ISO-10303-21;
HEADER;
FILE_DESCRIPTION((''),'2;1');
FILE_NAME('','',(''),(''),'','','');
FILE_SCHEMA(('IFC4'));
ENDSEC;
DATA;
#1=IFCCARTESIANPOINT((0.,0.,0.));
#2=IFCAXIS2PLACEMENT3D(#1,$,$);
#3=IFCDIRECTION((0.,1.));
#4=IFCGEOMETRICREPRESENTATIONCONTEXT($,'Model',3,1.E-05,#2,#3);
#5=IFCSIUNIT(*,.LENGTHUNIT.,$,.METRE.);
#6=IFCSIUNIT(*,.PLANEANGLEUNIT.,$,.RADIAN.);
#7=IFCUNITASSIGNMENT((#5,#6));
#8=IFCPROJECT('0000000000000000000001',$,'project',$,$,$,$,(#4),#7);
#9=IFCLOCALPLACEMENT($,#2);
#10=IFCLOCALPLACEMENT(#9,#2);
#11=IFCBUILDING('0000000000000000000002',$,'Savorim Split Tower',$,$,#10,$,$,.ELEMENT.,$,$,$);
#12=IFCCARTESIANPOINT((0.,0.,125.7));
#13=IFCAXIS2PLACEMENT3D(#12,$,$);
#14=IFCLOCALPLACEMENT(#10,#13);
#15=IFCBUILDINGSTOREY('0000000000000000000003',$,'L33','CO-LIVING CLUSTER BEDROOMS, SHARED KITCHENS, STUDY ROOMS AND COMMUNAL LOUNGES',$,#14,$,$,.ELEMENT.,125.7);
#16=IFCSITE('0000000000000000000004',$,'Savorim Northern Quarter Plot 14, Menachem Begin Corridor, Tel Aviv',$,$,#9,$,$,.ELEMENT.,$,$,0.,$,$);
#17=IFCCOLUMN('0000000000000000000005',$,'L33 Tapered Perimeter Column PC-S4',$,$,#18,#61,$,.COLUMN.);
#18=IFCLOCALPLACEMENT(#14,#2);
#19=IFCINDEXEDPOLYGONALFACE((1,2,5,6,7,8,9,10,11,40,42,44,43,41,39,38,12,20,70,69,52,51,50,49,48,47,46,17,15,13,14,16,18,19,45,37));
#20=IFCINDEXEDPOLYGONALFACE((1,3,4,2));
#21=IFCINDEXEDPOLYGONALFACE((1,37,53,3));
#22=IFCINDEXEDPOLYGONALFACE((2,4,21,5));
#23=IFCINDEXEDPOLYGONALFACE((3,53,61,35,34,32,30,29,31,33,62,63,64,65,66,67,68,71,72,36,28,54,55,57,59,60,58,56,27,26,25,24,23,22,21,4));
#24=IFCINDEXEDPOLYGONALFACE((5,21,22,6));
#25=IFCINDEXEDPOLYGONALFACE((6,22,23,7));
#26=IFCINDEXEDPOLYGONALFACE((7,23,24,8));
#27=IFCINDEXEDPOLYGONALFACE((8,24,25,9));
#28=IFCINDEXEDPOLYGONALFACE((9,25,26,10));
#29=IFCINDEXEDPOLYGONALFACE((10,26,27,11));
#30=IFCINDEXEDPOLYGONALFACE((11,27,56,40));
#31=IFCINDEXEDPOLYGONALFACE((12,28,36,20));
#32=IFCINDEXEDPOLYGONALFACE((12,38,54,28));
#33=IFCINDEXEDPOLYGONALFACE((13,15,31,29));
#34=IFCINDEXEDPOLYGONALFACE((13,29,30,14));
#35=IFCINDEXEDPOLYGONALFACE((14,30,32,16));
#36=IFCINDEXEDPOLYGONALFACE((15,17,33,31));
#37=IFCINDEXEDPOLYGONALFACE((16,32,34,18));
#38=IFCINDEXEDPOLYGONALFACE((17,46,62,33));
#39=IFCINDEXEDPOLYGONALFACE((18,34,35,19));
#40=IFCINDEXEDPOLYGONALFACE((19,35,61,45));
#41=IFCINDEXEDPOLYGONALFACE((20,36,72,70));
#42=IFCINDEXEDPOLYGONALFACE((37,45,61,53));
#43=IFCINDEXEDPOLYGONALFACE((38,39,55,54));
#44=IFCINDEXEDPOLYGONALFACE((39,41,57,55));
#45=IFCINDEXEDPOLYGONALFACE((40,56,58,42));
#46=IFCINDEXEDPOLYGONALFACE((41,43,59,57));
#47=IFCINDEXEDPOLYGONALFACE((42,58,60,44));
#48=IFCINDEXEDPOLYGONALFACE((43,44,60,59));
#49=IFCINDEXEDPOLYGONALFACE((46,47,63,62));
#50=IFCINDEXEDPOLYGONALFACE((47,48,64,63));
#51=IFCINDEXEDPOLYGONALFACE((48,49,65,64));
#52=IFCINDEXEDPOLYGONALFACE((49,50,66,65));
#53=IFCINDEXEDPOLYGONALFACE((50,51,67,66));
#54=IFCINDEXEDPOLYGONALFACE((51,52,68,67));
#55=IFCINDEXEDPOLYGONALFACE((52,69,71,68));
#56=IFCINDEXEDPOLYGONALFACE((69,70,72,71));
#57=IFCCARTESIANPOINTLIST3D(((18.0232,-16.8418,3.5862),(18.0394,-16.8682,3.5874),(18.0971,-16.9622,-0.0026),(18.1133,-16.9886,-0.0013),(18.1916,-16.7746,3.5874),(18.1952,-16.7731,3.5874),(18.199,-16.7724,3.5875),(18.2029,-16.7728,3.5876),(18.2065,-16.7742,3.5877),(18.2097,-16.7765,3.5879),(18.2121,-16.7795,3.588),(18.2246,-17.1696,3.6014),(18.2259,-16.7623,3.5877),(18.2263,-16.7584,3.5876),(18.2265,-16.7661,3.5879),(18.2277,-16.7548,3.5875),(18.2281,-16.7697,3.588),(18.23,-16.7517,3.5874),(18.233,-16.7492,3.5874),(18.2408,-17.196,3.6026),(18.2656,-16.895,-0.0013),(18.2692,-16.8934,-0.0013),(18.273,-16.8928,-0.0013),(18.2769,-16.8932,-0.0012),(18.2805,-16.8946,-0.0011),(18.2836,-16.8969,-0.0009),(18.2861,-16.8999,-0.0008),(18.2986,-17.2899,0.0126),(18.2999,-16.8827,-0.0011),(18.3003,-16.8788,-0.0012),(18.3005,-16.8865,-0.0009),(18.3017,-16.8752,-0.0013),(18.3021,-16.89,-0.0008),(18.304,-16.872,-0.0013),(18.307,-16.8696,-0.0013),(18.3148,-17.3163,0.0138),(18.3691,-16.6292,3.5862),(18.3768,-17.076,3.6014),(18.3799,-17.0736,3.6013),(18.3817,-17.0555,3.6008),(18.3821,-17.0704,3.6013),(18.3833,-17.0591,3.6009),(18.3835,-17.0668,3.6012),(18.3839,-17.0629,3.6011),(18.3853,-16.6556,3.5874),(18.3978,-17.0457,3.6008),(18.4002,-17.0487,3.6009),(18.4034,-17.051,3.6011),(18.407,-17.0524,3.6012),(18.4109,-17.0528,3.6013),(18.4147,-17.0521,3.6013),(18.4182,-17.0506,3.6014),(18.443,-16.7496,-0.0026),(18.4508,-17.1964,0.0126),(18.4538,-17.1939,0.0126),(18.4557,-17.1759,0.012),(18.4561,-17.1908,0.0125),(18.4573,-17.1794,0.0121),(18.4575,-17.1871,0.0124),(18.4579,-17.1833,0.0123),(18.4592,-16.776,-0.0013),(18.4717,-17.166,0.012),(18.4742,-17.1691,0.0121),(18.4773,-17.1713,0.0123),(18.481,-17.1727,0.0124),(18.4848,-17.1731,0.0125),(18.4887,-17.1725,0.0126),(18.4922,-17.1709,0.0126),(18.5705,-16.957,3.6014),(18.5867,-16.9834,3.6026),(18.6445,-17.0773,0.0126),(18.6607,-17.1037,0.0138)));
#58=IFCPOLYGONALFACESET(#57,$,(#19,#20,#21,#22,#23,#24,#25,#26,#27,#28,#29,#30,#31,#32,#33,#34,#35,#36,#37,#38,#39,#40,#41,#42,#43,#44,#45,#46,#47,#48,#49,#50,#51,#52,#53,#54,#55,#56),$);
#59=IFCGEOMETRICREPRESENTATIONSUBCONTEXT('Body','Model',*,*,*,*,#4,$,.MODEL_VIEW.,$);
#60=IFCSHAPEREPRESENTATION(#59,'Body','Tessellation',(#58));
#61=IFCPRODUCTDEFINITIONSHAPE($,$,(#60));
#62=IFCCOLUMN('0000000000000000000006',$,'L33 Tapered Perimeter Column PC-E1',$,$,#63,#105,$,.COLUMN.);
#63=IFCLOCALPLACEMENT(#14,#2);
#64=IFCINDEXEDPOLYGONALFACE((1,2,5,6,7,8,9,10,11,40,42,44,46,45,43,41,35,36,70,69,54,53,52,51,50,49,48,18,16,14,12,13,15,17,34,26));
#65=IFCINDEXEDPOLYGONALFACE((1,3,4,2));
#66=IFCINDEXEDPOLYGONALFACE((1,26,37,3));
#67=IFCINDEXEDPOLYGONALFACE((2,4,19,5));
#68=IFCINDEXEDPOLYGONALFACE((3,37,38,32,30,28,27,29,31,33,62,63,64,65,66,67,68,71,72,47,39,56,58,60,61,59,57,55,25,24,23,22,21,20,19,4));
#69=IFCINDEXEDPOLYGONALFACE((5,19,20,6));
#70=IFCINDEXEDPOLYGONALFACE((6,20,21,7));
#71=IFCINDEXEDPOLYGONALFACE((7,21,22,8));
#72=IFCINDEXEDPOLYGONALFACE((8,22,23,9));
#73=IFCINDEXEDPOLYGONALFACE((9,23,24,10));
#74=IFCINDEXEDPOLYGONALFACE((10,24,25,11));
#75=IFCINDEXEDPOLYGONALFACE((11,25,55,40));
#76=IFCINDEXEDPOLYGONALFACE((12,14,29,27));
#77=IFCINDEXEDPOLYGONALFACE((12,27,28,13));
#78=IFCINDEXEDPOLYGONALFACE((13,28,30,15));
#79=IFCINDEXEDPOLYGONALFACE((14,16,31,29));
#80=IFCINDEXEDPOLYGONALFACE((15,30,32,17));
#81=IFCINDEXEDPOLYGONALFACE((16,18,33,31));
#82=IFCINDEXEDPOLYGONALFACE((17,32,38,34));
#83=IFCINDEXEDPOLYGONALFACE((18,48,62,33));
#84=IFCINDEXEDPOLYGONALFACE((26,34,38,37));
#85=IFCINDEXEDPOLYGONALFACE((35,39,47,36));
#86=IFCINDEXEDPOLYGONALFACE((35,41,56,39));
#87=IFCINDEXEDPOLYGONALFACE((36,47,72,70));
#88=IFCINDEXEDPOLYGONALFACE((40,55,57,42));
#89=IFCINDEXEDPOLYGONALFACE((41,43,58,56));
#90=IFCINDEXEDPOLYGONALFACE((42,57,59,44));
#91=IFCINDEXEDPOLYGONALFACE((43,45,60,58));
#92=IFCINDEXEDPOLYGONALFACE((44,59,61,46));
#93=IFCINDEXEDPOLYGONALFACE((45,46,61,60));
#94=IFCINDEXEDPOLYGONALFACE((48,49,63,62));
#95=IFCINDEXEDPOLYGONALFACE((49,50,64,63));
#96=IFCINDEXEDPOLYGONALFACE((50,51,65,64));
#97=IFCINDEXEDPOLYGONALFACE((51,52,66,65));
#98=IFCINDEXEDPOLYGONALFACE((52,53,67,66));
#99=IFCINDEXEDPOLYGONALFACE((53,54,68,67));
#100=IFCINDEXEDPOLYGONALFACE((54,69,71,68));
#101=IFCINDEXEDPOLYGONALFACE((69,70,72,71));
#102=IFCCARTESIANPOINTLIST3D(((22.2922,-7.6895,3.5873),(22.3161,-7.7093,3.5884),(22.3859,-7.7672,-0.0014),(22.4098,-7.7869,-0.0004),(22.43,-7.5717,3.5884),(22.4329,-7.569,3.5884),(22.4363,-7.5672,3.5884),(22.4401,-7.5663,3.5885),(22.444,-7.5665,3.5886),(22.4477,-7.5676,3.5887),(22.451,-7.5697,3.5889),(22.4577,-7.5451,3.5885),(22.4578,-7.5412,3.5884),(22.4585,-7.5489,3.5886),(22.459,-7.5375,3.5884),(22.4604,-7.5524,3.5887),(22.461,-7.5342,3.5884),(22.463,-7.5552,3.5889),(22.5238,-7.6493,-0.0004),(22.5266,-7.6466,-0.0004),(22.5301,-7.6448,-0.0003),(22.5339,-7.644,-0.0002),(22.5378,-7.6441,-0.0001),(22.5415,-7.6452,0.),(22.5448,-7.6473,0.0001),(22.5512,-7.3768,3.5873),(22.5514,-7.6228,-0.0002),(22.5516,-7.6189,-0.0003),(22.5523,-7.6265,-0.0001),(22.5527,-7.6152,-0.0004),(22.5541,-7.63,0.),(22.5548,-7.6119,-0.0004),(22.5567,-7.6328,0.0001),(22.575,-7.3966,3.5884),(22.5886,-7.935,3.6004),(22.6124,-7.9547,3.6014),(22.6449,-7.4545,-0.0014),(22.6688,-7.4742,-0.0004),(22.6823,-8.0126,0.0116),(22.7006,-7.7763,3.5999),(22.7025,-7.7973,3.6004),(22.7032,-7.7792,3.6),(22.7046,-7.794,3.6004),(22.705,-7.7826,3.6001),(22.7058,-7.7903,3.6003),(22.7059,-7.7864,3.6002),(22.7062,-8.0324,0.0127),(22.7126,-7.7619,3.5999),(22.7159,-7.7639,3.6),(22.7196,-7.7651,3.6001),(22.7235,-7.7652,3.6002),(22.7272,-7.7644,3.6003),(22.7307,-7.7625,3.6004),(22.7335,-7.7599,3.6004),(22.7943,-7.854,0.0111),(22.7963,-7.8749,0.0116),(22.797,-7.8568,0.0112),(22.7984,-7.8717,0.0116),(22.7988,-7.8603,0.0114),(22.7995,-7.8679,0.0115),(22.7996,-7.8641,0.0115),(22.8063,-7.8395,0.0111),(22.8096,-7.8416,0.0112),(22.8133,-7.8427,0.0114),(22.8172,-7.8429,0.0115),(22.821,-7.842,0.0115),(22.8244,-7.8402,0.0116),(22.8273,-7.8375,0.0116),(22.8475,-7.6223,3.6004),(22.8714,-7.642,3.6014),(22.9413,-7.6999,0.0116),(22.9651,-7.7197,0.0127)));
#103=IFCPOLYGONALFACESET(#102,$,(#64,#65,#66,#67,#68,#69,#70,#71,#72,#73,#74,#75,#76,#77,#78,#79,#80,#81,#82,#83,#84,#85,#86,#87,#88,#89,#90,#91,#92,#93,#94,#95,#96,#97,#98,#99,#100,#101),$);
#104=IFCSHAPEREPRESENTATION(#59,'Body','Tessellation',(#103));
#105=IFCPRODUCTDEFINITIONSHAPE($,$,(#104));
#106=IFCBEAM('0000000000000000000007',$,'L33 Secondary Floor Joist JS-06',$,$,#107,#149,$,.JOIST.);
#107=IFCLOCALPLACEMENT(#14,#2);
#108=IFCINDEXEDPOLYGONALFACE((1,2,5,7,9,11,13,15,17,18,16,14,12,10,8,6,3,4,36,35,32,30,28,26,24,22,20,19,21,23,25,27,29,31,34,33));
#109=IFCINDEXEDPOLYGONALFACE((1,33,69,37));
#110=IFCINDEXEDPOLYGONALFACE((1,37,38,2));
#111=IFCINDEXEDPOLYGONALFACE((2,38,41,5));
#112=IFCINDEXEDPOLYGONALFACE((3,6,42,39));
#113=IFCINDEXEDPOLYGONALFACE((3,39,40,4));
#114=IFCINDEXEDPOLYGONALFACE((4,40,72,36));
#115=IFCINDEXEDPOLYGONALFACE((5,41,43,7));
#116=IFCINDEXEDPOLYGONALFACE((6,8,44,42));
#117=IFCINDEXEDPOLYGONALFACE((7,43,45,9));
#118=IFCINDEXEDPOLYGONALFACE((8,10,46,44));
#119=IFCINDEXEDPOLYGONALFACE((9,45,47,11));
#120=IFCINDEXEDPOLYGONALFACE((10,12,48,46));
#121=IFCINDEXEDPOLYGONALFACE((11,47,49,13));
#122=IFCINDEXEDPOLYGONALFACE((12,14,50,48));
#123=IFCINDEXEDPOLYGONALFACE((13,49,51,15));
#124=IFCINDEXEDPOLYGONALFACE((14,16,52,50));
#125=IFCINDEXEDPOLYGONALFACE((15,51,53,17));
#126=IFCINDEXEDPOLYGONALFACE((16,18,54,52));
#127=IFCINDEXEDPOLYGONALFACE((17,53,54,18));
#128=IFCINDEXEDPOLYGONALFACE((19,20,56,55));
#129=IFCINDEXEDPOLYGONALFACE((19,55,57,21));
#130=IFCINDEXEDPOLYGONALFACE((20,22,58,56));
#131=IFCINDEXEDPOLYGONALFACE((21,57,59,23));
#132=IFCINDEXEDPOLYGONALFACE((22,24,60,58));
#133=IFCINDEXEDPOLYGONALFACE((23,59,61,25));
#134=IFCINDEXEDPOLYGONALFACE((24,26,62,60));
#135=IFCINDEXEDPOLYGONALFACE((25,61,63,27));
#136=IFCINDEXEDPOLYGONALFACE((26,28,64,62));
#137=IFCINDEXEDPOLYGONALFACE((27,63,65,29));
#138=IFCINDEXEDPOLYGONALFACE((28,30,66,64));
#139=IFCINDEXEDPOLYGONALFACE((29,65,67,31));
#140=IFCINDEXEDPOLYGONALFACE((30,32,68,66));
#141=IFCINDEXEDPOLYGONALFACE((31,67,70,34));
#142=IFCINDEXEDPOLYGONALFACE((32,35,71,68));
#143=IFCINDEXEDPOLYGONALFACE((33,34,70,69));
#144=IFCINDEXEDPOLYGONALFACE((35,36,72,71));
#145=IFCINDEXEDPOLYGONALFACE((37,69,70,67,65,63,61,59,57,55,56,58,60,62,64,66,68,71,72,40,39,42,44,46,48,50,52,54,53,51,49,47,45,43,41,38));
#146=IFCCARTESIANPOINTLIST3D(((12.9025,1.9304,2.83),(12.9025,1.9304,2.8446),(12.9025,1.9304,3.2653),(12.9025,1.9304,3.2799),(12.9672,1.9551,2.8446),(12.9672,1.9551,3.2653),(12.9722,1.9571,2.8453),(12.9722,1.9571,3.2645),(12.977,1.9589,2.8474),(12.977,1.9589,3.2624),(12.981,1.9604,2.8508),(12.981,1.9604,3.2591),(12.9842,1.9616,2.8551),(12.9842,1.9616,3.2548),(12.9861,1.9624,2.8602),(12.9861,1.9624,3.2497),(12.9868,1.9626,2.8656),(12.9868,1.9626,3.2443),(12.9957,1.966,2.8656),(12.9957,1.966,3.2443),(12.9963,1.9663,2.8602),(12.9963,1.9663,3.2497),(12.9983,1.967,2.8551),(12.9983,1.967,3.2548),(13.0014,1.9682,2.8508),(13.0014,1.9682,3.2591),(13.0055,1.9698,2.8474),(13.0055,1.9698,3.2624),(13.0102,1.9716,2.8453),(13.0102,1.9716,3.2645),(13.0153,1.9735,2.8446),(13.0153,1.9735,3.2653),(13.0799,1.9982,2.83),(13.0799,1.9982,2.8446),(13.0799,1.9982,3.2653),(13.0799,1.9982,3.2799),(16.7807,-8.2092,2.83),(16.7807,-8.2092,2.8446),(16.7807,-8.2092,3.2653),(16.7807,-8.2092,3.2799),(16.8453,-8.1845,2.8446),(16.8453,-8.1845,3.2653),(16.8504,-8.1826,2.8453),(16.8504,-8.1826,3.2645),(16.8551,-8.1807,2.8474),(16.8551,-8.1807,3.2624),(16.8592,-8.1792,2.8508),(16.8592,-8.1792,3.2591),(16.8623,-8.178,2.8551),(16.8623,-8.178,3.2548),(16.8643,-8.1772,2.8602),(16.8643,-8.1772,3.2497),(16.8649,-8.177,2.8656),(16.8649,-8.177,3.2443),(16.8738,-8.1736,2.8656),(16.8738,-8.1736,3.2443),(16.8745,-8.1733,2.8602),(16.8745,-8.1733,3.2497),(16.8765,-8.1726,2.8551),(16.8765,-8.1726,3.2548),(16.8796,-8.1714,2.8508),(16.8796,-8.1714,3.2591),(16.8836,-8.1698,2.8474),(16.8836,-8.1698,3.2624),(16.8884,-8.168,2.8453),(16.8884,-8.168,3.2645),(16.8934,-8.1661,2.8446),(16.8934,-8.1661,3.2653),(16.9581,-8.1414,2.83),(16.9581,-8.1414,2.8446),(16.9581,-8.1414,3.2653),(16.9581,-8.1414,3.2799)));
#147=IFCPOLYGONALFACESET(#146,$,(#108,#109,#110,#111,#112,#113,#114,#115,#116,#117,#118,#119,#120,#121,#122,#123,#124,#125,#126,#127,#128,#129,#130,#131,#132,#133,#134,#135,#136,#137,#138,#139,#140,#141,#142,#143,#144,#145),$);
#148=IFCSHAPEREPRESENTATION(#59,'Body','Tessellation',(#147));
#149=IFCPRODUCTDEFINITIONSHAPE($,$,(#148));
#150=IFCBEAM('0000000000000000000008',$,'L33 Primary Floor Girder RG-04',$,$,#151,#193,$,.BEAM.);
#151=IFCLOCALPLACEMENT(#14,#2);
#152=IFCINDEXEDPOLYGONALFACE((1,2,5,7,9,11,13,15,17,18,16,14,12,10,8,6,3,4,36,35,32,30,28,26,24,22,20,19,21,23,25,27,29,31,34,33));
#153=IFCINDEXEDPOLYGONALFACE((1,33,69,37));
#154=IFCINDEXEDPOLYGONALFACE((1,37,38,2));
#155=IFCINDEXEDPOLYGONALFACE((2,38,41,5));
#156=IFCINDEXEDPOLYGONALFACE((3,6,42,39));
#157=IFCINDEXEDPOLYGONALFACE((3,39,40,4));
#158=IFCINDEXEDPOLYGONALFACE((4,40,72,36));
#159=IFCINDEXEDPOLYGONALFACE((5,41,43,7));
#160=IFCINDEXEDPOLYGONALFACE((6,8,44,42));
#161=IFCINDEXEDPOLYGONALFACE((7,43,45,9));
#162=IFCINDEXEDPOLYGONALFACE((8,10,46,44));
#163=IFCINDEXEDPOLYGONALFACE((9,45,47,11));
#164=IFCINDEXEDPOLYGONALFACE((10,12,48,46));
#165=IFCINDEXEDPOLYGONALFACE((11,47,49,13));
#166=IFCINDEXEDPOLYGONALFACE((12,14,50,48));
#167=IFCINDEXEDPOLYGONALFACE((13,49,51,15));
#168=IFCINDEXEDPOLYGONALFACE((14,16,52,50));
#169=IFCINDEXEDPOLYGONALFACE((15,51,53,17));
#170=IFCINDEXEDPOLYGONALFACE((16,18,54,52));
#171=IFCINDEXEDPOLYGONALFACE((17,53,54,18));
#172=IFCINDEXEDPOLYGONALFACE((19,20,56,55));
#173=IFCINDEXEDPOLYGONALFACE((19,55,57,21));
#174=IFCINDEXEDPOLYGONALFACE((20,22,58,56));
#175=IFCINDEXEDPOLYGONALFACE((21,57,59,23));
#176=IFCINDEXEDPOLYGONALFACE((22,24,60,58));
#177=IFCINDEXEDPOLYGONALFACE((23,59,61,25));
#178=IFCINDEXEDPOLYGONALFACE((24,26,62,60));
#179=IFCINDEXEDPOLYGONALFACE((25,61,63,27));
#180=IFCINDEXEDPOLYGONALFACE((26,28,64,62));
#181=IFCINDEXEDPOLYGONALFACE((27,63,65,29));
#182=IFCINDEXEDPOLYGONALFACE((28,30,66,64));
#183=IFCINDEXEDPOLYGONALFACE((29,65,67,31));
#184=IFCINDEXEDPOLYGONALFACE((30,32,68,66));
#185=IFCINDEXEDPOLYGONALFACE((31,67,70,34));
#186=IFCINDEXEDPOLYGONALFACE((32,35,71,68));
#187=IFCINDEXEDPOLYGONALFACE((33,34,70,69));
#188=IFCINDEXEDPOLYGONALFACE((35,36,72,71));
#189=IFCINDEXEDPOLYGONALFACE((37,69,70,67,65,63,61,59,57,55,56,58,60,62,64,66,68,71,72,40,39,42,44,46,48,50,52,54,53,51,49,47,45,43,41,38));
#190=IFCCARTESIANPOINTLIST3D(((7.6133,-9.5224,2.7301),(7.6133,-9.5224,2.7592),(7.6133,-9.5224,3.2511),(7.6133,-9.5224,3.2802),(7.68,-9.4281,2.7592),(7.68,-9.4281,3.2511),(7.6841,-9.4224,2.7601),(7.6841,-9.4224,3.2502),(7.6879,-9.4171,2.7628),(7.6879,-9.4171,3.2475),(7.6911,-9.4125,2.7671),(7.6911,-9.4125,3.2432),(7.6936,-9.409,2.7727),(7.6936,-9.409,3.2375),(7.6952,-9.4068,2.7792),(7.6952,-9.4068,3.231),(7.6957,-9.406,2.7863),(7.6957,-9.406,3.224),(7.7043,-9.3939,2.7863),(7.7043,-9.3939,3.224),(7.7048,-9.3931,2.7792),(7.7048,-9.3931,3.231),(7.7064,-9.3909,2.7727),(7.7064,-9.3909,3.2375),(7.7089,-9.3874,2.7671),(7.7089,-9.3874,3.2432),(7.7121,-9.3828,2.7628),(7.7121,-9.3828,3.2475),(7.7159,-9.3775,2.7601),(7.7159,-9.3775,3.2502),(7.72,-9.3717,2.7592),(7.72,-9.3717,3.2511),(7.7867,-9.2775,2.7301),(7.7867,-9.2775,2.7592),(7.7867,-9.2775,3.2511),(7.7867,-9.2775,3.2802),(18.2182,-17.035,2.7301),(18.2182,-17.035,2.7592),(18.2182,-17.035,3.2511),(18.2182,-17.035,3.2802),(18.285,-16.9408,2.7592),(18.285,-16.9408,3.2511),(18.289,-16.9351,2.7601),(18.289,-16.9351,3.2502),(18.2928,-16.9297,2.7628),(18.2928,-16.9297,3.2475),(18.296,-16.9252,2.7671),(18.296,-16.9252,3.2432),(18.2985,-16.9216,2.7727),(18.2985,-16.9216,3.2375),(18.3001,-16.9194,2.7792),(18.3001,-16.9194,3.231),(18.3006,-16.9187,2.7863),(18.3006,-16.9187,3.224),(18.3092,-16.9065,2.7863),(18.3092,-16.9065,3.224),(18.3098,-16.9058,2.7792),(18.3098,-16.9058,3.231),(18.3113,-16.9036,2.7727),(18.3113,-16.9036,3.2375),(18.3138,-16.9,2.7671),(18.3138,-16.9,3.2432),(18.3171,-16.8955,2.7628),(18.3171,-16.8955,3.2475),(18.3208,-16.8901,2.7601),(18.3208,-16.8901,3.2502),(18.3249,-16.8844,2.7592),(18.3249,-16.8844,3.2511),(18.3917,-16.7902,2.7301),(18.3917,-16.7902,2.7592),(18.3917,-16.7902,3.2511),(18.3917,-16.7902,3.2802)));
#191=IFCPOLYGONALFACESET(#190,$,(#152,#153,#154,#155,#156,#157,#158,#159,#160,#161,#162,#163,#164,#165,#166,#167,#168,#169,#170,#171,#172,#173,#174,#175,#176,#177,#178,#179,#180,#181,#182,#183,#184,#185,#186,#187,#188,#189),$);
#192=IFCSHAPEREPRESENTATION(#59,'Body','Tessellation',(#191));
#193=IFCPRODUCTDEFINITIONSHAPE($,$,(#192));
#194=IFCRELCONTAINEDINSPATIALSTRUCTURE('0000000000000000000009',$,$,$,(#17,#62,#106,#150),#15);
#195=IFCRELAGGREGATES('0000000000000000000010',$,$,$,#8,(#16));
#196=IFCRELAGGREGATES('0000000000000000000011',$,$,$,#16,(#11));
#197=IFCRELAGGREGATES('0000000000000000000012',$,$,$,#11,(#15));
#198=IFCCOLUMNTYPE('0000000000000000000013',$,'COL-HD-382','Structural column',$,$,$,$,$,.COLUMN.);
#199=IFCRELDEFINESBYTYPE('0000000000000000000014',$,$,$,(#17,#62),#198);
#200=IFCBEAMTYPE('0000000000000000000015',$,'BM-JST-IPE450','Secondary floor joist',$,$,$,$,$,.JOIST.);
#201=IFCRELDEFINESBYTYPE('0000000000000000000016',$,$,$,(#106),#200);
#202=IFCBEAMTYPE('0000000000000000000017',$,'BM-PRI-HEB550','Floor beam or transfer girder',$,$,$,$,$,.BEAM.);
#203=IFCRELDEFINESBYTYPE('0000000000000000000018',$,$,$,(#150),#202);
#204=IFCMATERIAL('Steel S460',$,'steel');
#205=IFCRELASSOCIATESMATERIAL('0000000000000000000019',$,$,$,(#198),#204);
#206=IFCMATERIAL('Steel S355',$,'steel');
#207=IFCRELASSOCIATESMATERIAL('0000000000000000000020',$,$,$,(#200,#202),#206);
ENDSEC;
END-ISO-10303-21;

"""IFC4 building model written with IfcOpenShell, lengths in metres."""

from ifc_helpers import new_model, si_unit, direction, frame, origin, origin_2d, place, context, subcontext, project, spatial, i_section, extrude, material, material_profile, profile_set, type_object, element, save


model = new_model("IFC4")

# Units and contexts
model_context = context("Model", 3, precision=1e-05, world=origin(), true_north=direction((0.0, 1.0)))
body_context = subcontext(model_context, "Body", "Model", "MODEL_VIEW")
ifc_project = project(units=[si_unit("LENGTHUNIT", "METRE"), si_unit("PLANEANGLEUNIT", "RADIAN")], contexts=[model_context])

# Site, building, storey
site_placement = place(None, origin())
site = spatial("IfcSite", under=ifc_project, at=site_placement, Name="Savorim Northern Quarter Plot 14, Menachem Begin Corridor, Tel Aviv", CompositionType="ELEMENT", RefElevation=0.0)
building_placement = place(site_placement, origin())
building = spatial("IfcBuilding", under=site, at=building_placement, Name="Savorim Split Tower", CompositionType="ELEMENT")
storey_placement = place(building_placement, frame((0.0, 0.0, 125.7)))
storey = spatial("IfcBuildingStorey", under=building, at=storey_placement, Name="L33", Description="CO-LIVING CLUSTER BEDROOMS, SHARED KITCHENS, STUDY ROOMS AND COMMUNAL LOUNGES", CompositionType="ELEMENT", Elevation=125.7)

# Columns
ifc_material_1 = material(Name="Steel S460", Category="steel")
ifc_material_profile_1 = material_profile(ifc_material_1, i_section(OverallWidth=0.406, OverallDepth=0.416, WebThickness=0.0188, FlangeThickness=0.031, FilletRadius=0.0149, at=origin_2d()), Name="HD 400x382")
ifc_profile_set_1 = profile_set([ifc_material_profile_1], Name="Steel S460")
column_type = type_object("IfcColumnType", Name="COL-HD-382", Description="Structural column", PredefinedType="COLUMN", material=ifc_profile_set_1)
column_1_placement = place(storey_placement, frame((18.3789, -17.033, 0.0056), z_axis=(-0.020596, 0.033511, 0.999226), x_axis=(-0.851955, -0.523615, 0.0)))
element("IfcColumn", 1, at=column_1_placement, inside=storey, type_object=column_type, Name="L33 Tapered Perimeter Column PC-S4", PredefinedType="COLUMN", context=body_context, shape_type="SweptSolid", body=[
    extrude(i_section(OverallWidth=0.406, OverallDepth=0.416, WebThickness=0.0188, FlangeThickness=0.031, FilletRadius=0.0149, at=origin_2d()), origin(), (0.0, 0.0, 1.0), 3.5916),
])
column_2_placement = place(storey_placement, frame((22.6755, -7.7434, 0.0056), z_axis=(-0.026107, 0.02162, 0.999425), x_axis=(-0.637814, -0.77019, 0.0)))
element("IfcColumn", 2, at=column_2_placement, inside=storey, type_object=column_type, Name="L33 Tapered Perimeter Column PC-E1", PredefinedType="COLUMN", context=body_context, shape_type="SweptSolid", body=[
    extrude(i_section(OverallWidth=0.406, OverallDepth=0.416, WebThickness=0.0188, FlangeThickness=0.031, FilletRadius=0.0149, at=origin_2d()), origin(), (0.0, 0.0, 1.0), 3.5908),
])

# Beams
ifc_material_2 = material(Name="Steel S355", Category="steel")
ifc_material_profile_2 = material_profile(ifc_material_2, i_section(OverallWidth=0.1899, OverallDepth=0.45, WebThickness=0.0095, FlangeThickness=0.0146, FilletRadius=0.021, at=origin_2d()), Name="IPE 450")
ifc_profile_set_2 = profile_set([ifc_material_profile_2], Name="Steel S355")
beam_type_1 = type_object("IfcBeamType", Name="BM-JST-IPE450", Description="Secondary floor joist", PredefinedType="JOIST", material=ifc_profile_set_2)
beam_1_placement = place(storey_placement, frame((16.8694, -8.1753, 3.0549), z_axis=(-0.357238, 0.934013, 0.0), x_axis=(-0.934013, -0.357238, 0.0)))
element("IfcBeam", 3, at=beam_1_placement, inside=storey, type_object=beam_type_1, Name="L33 Secondary Floor Joist JS-06", PredefinedType="JOIST", context=body_context, shape_type="SweptSolid", body=[
    extrude(i_section(OverallWidth=0.1899, OverallDepth=0.45, WebThickness=0.0095, FlangeThickness=0.0146, FilletRadius=0.021, at=origin_2d()), origin(), (0.0, 0.0, 1.0), 10.856),
])
ifc_material_profile_3 = material_profile(ifc_material_2, i_section(OverallWidth=0.3, OverallDepth=0.55, WebThickness=0.0149, FlangeThickness=0.0291, FilletRadius=0.0271, at=origin_2d()), Name="HEB 550")
ifc_profile_set_3 = profile_set([ifc_material_profile_3], Name="Steel S355")
beam_type_2 = type_object("IfcBeamType", Name="BM-PRI-HEB550", Description="Floor beam or transfer girder", PredefinedType="BEAM", material=ifc_profile_set_3)
beam_2_placement = place(storey_placement, frame((18.3049, -16.9126, 3.0051), z_axis=(-0.815994, 0.57806, 0.0), x_axis=(-0.57806, -0.815994, 0.0)))
element("IfcBeam", 4, at=beam_2_placement, inside=storey, type_object=beam_type_2, Name="L33 Primary Floor Girder RG-04", PredefinedType="BEAM", context=body_context, shape_type="SweptSolid", body=[
    extrude(i_section(OverallWidth=0.3, OverallDepth=0.55, WebThickness=0.0149, FlangeThickness=0.0291, FilletRadius=0.0271, at=origin_2d()), origin(), (0.0, 0.0, 1.0), 12.9963),
])

save(model, "model.ifc")
